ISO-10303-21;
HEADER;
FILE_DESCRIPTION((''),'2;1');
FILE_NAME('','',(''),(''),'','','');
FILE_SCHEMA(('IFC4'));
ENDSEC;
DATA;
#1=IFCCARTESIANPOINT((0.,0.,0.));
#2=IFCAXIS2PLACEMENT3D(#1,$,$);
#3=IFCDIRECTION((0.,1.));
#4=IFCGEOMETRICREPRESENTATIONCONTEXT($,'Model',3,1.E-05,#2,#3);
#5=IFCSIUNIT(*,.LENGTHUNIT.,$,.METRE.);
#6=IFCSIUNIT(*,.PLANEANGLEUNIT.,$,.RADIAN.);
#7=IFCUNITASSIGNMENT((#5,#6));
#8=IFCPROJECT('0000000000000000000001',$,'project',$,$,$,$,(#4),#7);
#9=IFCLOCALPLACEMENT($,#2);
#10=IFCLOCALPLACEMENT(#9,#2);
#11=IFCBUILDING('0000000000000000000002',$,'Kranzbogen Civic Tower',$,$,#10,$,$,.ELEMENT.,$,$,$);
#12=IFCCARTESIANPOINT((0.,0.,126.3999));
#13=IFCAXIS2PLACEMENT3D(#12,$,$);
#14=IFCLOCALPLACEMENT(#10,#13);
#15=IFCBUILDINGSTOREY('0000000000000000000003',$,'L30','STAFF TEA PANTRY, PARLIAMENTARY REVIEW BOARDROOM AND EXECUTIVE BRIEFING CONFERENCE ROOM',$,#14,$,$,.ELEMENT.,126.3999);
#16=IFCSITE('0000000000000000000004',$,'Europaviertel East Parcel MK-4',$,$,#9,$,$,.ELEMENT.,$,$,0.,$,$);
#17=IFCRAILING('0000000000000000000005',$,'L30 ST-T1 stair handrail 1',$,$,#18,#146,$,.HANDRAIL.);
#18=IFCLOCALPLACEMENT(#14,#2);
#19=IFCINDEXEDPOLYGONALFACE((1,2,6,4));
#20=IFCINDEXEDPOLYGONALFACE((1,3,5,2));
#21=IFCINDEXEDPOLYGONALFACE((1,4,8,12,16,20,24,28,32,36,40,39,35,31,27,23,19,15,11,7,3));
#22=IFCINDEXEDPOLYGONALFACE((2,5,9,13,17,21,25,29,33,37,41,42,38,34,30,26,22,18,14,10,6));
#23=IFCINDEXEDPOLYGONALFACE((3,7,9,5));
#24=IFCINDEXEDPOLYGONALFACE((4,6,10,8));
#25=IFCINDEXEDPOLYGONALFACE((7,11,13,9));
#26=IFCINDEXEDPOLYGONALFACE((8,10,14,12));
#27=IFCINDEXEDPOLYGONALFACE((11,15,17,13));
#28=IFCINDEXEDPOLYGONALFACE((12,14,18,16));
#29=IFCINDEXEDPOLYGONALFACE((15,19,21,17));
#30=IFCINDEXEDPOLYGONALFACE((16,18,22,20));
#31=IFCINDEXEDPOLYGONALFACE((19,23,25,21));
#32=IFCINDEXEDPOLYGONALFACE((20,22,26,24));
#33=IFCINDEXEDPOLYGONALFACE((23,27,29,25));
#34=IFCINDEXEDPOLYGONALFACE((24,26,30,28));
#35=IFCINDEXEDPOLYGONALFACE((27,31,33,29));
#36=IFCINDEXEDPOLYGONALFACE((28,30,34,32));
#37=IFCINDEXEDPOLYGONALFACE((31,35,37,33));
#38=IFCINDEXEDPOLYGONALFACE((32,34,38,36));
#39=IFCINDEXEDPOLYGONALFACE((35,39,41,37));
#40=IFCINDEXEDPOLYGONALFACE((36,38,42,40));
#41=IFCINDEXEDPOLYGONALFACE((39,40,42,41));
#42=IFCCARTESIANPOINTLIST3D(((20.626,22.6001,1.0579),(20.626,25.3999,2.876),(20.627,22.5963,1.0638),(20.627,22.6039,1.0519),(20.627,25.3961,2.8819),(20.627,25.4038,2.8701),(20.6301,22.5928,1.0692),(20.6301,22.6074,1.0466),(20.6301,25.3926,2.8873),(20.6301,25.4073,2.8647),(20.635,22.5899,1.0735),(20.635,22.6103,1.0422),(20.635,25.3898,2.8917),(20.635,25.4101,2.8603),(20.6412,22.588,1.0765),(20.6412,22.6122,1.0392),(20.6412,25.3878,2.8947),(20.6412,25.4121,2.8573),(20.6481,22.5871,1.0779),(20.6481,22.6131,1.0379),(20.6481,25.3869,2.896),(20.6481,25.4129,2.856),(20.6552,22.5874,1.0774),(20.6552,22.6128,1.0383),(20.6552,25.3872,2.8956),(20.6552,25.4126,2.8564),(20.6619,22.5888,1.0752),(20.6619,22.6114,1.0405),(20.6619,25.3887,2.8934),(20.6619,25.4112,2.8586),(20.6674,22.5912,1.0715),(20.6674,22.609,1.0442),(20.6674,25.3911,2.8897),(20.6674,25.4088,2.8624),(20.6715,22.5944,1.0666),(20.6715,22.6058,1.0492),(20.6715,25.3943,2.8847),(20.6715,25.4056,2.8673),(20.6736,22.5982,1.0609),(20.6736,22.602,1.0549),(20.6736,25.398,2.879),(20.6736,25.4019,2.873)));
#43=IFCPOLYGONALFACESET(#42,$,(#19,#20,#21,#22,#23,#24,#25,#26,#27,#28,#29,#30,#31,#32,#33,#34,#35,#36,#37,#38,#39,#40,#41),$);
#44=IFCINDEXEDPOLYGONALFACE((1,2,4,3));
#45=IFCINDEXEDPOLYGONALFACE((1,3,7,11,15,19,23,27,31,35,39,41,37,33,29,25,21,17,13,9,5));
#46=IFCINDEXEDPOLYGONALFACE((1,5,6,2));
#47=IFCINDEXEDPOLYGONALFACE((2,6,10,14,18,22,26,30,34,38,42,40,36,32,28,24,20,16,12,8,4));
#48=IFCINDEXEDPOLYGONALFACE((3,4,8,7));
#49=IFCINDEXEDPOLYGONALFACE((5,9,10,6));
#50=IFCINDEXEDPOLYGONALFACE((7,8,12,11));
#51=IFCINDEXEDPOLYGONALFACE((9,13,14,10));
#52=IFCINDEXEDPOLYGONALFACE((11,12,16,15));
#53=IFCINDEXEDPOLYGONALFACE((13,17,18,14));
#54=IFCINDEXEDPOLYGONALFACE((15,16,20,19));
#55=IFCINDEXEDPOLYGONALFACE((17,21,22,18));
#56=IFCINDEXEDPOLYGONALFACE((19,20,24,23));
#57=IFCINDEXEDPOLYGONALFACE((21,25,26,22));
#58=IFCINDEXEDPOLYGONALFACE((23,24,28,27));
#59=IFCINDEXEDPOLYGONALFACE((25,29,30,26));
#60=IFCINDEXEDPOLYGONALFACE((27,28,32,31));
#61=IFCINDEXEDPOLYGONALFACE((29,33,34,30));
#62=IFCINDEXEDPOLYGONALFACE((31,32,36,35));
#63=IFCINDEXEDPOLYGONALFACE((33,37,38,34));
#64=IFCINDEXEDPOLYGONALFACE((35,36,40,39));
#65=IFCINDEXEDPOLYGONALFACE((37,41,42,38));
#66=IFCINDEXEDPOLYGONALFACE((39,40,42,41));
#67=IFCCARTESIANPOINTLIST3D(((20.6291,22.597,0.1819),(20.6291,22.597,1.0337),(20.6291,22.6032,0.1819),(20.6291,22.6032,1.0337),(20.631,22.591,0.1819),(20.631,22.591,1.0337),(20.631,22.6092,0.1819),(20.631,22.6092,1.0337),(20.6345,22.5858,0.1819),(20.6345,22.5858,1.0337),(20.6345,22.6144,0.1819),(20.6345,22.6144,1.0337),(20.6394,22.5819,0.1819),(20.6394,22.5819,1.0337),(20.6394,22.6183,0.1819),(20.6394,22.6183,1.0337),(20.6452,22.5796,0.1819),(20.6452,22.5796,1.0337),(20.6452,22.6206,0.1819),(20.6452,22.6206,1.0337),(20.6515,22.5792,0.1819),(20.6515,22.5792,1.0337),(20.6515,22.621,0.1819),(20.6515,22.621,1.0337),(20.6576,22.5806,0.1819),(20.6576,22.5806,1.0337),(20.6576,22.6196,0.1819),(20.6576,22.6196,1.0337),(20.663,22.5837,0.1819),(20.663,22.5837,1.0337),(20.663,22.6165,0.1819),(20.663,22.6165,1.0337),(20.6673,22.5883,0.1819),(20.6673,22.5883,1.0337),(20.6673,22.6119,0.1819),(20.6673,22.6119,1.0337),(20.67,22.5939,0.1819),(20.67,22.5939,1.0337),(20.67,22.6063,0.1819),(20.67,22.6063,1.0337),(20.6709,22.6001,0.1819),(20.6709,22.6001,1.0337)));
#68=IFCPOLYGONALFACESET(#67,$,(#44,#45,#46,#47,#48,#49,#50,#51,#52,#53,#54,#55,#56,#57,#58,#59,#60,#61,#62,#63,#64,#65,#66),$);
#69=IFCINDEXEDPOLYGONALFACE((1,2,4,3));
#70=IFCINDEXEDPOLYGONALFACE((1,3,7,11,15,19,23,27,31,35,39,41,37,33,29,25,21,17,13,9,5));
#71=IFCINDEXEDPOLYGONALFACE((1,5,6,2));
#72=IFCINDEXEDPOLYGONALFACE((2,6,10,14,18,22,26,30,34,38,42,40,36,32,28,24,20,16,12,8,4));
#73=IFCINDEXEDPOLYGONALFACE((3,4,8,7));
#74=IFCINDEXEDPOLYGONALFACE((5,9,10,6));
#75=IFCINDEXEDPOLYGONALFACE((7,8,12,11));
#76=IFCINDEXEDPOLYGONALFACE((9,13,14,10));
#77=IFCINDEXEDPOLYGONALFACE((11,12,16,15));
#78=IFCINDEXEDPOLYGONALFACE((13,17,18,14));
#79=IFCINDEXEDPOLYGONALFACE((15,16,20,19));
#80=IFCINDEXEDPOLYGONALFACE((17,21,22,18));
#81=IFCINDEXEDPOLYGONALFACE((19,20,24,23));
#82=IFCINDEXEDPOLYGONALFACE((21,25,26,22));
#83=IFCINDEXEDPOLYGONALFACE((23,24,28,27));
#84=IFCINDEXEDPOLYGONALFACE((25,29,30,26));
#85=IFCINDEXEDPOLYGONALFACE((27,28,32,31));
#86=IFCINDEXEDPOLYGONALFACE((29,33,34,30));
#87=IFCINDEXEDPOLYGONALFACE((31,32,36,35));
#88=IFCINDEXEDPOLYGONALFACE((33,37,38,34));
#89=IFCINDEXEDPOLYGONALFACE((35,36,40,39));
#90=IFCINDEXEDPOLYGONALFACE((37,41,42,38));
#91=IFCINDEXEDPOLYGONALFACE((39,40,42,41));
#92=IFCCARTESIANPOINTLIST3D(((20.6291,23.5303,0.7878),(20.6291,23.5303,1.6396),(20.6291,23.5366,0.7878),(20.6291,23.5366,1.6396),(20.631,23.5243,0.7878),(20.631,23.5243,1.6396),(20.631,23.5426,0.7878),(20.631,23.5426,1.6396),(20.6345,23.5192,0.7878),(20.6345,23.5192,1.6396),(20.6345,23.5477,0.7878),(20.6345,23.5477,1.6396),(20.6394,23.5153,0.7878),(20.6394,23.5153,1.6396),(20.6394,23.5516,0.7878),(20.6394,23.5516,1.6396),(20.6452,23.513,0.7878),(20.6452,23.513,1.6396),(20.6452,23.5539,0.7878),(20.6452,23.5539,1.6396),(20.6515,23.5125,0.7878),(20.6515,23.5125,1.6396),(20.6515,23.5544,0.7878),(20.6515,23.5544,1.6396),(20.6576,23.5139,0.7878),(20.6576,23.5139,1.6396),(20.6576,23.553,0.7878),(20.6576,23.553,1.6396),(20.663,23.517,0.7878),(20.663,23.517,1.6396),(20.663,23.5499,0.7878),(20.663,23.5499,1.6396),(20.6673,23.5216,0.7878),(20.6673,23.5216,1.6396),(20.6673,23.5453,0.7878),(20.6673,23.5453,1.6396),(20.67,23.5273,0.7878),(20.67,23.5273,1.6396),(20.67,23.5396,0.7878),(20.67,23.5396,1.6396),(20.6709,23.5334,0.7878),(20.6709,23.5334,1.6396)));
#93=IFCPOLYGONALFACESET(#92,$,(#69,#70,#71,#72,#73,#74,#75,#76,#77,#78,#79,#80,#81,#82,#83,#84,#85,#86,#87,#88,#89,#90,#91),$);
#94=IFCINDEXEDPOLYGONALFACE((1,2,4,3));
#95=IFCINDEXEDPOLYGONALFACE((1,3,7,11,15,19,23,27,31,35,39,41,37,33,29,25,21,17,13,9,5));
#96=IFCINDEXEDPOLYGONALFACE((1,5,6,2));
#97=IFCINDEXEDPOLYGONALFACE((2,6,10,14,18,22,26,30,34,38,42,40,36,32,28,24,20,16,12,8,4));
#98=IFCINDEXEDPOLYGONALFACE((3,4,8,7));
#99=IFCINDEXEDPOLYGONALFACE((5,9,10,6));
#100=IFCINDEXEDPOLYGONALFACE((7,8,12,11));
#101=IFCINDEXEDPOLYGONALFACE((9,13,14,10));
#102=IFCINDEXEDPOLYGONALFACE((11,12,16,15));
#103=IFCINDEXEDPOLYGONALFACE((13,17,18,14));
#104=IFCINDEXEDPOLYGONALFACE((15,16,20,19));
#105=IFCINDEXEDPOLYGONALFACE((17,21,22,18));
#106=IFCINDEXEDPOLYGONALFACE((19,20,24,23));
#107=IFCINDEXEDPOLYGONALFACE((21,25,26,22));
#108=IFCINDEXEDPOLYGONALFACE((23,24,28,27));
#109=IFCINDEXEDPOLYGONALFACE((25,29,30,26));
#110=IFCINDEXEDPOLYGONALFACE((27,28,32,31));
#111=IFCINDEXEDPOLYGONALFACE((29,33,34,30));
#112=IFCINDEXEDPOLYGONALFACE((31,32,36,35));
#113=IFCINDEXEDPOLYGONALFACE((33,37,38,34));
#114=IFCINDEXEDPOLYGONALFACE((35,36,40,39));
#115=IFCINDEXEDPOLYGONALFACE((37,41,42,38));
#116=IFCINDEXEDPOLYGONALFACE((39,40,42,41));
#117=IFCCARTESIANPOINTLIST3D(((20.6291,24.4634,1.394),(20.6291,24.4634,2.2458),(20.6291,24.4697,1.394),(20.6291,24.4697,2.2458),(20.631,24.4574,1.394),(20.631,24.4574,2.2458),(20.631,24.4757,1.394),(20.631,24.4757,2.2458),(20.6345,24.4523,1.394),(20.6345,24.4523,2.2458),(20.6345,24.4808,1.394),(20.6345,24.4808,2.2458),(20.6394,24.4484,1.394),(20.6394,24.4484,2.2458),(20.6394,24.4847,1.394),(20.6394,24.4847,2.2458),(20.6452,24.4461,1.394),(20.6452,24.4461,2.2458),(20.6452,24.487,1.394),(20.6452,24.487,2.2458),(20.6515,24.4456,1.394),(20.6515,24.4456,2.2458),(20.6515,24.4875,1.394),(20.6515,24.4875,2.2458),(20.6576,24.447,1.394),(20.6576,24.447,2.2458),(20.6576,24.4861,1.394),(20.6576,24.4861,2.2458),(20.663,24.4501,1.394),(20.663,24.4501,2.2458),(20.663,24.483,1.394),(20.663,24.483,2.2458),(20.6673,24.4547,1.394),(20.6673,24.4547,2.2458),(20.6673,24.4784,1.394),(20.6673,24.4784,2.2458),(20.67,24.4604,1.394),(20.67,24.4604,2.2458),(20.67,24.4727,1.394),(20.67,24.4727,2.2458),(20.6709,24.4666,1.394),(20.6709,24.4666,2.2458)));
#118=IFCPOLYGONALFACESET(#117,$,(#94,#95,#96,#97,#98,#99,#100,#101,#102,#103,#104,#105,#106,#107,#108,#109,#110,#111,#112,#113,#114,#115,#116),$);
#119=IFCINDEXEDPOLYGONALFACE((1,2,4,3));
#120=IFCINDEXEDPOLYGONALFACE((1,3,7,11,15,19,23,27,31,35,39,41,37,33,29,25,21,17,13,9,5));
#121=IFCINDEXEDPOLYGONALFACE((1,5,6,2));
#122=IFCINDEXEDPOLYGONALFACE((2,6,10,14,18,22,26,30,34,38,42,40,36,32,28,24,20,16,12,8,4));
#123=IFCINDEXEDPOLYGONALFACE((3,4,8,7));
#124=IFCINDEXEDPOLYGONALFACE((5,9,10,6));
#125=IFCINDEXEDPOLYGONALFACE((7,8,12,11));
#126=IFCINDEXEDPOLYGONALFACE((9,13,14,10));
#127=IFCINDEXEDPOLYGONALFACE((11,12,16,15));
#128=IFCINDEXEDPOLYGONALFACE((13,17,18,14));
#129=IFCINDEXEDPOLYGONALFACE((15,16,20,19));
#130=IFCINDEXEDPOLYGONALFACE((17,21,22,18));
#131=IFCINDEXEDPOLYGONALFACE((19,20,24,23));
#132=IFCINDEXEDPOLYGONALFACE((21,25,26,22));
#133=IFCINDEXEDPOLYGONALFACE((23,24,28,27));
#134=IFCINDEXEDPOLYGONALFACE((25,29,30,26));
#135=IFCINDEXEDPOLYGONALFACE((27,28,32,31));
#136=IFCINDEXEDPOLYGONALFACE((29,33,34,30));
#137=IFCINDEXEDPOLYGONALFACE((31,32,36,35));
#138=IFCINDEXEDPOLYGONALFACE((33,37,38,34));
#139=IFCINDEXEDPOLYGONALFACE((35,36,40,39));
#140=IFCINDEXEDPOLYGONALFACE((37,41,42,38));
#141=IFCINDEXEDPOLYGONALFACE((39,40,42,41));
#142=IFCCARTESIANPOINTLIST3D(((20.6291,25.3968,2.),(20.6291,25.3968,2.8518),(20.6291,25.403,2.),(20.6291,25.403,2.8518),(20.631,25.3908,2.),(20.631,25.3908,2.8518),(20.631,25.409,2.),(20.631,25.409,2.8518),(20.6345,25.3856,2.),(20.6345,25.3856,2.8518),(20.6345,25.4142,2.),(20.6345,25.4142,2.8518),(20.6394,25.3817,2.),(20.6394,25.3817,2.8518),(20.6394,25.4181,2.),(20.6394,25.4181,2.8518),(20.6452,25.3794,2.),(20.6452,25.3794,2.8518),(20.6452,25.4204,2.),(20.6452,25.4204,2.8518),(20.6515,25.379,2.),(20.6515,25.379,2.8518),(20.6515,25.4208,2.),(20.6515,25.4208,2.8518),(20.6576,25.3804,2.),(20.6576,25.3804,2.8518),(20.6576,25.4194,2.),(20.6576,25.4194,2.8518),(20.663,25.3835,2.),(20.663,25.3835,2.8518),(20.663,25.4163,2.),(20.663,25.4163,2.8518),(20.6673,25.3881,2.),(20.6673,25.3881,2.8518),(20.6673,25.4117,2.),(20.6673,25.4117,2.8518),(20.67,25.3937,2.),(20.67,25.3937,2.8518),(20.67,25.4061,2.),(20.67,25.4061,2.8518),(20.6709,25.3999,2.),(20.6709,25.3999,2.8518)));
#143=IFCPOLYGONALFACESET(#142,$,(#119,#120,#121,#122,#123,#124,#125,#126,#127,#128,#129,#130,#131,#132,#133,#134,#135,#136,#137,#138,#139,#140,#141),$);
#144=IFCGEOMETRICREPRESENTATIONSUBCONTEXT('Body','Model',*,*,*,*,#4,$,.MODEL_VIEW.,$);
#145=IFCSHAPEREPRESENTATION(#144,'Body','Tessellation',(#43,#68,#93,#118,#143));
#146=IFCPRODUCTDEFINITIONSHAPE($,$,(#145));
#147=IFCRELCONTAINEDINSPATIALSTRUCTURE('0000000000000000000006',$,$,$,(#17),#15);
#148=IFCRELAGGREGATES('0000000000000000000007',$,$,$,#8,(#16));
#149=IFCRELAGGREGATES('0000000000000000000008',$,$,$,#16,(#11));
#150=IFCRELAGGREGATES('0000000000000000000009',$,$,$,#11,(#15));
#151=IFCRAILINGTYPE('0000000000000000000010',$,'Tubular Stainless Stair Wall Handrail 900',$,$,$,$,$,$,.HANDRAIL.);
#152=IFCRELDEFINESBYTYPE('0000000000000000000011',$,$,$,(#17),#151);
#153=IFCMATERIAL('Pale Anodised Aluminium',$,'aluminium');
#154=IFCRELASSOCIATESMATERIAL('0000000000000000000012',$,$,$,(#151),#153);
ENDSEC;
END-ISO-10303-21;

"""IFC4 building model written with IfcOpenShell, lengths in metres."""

from ifc_helpers import new_model, si_unit, direction, frame, origin, origin_2d, place, context, subcontext, project, spatial, circle, extrude, material, type_object, element, save


model = new_model("IFC4")

# Units and contexts
model_context = context("Model", 3, precision=1e-05, world=origin(), true_north=direction((0.0, 1.0)))
body_context = subcontext(model_context, "Body", "Model", "MODEL_VIEW")
ifc_project = project(units=[si_unit("LENGTHUNIT", "METRE"), si_unit("PLANEANGLEUNIT", "RADIAN")], contexts=[model_context])

# Site, building, storey
site_placement = place(None, origin())
site = spatial("IfcSite", under=ifc_project, at=site_placement, Name="Europaviertel East Parcel MK-4", CompositionType="ELEMENT", RefElevation=0.0)
building_placement = place(site_placement, origin())
building = spatial("IfcBuilding", under=site, at=building_placement, Name="Kranzbogen Civic Tower", CompositionType="ELEMENT")
storey_placement = place(building_placement, frame((0.0, 0.0, 126.3999)))
storey = spatial("IfcBuildingStorey", under=building, at=storey_placement, Name="L30", Description="STAFF TEA PANTRY, PARLIAMENTARY REVIEW BOARDROOM AND EXECUTIVE BRIEFING CONFERENCE ROOM", CompositionType="ELEMENT", Elevation=126.3999)

# Shared definitions
ifc_material_1 = material(Name="Pale Anodised Aluminium", Category="aluminium")

# Railing
railing_type_1 = type_object("IfcRailingType", Name="Tubular Stainless Stair Wall Handrail 900", PredefinedType="HANDRAIL", material=ifc_material_1)
railing_1_placement = place(storey_placement, frame((20.6499, 22.6001, 0.1819)))
element("IfcRailing", 1, at=railing_1_placement, inside=storey, type_object=railing_type_1, Name="L30 ST-T1 stair handrail 1", PredefinedType="HANDRAIL", context=body_context, shape_type="SweptSolid", body=[
    extrude(circle(Radius=0.0239, at=origin_2d()), frame((0.0, 0.0, 0.876), z_axis=(0.0, 0.838684, 0.544618), x_axis=(-1.0, 0.0, 0.0)), (0.0, 0.0, 1.0), 3.3384),
    extrude(circle(Radius=0.021, at=origin_2d()), origin(), (0.0, 0.0, 1.0), 0.8518),
    extrude(circle(Radius=0.021, at=origin_2d()), frame((0.0, 0.9333, 0.606)), (0.0, 0.0, 1.0), 0.8518),
    extrude(circle(Radius=0.021, at=origin_2d()), frame((0.0, 1.8665, 1.2122)), (0.0, 0.0, 1.0), 0.8518),
    extrude(circle(Radius=0.021, at=origin_2d()), frame((0.0, 2.7998, 1.8181)), (0.0, 0.0, 1.0), 0.8518),
])

save(model, "model.ifc")
